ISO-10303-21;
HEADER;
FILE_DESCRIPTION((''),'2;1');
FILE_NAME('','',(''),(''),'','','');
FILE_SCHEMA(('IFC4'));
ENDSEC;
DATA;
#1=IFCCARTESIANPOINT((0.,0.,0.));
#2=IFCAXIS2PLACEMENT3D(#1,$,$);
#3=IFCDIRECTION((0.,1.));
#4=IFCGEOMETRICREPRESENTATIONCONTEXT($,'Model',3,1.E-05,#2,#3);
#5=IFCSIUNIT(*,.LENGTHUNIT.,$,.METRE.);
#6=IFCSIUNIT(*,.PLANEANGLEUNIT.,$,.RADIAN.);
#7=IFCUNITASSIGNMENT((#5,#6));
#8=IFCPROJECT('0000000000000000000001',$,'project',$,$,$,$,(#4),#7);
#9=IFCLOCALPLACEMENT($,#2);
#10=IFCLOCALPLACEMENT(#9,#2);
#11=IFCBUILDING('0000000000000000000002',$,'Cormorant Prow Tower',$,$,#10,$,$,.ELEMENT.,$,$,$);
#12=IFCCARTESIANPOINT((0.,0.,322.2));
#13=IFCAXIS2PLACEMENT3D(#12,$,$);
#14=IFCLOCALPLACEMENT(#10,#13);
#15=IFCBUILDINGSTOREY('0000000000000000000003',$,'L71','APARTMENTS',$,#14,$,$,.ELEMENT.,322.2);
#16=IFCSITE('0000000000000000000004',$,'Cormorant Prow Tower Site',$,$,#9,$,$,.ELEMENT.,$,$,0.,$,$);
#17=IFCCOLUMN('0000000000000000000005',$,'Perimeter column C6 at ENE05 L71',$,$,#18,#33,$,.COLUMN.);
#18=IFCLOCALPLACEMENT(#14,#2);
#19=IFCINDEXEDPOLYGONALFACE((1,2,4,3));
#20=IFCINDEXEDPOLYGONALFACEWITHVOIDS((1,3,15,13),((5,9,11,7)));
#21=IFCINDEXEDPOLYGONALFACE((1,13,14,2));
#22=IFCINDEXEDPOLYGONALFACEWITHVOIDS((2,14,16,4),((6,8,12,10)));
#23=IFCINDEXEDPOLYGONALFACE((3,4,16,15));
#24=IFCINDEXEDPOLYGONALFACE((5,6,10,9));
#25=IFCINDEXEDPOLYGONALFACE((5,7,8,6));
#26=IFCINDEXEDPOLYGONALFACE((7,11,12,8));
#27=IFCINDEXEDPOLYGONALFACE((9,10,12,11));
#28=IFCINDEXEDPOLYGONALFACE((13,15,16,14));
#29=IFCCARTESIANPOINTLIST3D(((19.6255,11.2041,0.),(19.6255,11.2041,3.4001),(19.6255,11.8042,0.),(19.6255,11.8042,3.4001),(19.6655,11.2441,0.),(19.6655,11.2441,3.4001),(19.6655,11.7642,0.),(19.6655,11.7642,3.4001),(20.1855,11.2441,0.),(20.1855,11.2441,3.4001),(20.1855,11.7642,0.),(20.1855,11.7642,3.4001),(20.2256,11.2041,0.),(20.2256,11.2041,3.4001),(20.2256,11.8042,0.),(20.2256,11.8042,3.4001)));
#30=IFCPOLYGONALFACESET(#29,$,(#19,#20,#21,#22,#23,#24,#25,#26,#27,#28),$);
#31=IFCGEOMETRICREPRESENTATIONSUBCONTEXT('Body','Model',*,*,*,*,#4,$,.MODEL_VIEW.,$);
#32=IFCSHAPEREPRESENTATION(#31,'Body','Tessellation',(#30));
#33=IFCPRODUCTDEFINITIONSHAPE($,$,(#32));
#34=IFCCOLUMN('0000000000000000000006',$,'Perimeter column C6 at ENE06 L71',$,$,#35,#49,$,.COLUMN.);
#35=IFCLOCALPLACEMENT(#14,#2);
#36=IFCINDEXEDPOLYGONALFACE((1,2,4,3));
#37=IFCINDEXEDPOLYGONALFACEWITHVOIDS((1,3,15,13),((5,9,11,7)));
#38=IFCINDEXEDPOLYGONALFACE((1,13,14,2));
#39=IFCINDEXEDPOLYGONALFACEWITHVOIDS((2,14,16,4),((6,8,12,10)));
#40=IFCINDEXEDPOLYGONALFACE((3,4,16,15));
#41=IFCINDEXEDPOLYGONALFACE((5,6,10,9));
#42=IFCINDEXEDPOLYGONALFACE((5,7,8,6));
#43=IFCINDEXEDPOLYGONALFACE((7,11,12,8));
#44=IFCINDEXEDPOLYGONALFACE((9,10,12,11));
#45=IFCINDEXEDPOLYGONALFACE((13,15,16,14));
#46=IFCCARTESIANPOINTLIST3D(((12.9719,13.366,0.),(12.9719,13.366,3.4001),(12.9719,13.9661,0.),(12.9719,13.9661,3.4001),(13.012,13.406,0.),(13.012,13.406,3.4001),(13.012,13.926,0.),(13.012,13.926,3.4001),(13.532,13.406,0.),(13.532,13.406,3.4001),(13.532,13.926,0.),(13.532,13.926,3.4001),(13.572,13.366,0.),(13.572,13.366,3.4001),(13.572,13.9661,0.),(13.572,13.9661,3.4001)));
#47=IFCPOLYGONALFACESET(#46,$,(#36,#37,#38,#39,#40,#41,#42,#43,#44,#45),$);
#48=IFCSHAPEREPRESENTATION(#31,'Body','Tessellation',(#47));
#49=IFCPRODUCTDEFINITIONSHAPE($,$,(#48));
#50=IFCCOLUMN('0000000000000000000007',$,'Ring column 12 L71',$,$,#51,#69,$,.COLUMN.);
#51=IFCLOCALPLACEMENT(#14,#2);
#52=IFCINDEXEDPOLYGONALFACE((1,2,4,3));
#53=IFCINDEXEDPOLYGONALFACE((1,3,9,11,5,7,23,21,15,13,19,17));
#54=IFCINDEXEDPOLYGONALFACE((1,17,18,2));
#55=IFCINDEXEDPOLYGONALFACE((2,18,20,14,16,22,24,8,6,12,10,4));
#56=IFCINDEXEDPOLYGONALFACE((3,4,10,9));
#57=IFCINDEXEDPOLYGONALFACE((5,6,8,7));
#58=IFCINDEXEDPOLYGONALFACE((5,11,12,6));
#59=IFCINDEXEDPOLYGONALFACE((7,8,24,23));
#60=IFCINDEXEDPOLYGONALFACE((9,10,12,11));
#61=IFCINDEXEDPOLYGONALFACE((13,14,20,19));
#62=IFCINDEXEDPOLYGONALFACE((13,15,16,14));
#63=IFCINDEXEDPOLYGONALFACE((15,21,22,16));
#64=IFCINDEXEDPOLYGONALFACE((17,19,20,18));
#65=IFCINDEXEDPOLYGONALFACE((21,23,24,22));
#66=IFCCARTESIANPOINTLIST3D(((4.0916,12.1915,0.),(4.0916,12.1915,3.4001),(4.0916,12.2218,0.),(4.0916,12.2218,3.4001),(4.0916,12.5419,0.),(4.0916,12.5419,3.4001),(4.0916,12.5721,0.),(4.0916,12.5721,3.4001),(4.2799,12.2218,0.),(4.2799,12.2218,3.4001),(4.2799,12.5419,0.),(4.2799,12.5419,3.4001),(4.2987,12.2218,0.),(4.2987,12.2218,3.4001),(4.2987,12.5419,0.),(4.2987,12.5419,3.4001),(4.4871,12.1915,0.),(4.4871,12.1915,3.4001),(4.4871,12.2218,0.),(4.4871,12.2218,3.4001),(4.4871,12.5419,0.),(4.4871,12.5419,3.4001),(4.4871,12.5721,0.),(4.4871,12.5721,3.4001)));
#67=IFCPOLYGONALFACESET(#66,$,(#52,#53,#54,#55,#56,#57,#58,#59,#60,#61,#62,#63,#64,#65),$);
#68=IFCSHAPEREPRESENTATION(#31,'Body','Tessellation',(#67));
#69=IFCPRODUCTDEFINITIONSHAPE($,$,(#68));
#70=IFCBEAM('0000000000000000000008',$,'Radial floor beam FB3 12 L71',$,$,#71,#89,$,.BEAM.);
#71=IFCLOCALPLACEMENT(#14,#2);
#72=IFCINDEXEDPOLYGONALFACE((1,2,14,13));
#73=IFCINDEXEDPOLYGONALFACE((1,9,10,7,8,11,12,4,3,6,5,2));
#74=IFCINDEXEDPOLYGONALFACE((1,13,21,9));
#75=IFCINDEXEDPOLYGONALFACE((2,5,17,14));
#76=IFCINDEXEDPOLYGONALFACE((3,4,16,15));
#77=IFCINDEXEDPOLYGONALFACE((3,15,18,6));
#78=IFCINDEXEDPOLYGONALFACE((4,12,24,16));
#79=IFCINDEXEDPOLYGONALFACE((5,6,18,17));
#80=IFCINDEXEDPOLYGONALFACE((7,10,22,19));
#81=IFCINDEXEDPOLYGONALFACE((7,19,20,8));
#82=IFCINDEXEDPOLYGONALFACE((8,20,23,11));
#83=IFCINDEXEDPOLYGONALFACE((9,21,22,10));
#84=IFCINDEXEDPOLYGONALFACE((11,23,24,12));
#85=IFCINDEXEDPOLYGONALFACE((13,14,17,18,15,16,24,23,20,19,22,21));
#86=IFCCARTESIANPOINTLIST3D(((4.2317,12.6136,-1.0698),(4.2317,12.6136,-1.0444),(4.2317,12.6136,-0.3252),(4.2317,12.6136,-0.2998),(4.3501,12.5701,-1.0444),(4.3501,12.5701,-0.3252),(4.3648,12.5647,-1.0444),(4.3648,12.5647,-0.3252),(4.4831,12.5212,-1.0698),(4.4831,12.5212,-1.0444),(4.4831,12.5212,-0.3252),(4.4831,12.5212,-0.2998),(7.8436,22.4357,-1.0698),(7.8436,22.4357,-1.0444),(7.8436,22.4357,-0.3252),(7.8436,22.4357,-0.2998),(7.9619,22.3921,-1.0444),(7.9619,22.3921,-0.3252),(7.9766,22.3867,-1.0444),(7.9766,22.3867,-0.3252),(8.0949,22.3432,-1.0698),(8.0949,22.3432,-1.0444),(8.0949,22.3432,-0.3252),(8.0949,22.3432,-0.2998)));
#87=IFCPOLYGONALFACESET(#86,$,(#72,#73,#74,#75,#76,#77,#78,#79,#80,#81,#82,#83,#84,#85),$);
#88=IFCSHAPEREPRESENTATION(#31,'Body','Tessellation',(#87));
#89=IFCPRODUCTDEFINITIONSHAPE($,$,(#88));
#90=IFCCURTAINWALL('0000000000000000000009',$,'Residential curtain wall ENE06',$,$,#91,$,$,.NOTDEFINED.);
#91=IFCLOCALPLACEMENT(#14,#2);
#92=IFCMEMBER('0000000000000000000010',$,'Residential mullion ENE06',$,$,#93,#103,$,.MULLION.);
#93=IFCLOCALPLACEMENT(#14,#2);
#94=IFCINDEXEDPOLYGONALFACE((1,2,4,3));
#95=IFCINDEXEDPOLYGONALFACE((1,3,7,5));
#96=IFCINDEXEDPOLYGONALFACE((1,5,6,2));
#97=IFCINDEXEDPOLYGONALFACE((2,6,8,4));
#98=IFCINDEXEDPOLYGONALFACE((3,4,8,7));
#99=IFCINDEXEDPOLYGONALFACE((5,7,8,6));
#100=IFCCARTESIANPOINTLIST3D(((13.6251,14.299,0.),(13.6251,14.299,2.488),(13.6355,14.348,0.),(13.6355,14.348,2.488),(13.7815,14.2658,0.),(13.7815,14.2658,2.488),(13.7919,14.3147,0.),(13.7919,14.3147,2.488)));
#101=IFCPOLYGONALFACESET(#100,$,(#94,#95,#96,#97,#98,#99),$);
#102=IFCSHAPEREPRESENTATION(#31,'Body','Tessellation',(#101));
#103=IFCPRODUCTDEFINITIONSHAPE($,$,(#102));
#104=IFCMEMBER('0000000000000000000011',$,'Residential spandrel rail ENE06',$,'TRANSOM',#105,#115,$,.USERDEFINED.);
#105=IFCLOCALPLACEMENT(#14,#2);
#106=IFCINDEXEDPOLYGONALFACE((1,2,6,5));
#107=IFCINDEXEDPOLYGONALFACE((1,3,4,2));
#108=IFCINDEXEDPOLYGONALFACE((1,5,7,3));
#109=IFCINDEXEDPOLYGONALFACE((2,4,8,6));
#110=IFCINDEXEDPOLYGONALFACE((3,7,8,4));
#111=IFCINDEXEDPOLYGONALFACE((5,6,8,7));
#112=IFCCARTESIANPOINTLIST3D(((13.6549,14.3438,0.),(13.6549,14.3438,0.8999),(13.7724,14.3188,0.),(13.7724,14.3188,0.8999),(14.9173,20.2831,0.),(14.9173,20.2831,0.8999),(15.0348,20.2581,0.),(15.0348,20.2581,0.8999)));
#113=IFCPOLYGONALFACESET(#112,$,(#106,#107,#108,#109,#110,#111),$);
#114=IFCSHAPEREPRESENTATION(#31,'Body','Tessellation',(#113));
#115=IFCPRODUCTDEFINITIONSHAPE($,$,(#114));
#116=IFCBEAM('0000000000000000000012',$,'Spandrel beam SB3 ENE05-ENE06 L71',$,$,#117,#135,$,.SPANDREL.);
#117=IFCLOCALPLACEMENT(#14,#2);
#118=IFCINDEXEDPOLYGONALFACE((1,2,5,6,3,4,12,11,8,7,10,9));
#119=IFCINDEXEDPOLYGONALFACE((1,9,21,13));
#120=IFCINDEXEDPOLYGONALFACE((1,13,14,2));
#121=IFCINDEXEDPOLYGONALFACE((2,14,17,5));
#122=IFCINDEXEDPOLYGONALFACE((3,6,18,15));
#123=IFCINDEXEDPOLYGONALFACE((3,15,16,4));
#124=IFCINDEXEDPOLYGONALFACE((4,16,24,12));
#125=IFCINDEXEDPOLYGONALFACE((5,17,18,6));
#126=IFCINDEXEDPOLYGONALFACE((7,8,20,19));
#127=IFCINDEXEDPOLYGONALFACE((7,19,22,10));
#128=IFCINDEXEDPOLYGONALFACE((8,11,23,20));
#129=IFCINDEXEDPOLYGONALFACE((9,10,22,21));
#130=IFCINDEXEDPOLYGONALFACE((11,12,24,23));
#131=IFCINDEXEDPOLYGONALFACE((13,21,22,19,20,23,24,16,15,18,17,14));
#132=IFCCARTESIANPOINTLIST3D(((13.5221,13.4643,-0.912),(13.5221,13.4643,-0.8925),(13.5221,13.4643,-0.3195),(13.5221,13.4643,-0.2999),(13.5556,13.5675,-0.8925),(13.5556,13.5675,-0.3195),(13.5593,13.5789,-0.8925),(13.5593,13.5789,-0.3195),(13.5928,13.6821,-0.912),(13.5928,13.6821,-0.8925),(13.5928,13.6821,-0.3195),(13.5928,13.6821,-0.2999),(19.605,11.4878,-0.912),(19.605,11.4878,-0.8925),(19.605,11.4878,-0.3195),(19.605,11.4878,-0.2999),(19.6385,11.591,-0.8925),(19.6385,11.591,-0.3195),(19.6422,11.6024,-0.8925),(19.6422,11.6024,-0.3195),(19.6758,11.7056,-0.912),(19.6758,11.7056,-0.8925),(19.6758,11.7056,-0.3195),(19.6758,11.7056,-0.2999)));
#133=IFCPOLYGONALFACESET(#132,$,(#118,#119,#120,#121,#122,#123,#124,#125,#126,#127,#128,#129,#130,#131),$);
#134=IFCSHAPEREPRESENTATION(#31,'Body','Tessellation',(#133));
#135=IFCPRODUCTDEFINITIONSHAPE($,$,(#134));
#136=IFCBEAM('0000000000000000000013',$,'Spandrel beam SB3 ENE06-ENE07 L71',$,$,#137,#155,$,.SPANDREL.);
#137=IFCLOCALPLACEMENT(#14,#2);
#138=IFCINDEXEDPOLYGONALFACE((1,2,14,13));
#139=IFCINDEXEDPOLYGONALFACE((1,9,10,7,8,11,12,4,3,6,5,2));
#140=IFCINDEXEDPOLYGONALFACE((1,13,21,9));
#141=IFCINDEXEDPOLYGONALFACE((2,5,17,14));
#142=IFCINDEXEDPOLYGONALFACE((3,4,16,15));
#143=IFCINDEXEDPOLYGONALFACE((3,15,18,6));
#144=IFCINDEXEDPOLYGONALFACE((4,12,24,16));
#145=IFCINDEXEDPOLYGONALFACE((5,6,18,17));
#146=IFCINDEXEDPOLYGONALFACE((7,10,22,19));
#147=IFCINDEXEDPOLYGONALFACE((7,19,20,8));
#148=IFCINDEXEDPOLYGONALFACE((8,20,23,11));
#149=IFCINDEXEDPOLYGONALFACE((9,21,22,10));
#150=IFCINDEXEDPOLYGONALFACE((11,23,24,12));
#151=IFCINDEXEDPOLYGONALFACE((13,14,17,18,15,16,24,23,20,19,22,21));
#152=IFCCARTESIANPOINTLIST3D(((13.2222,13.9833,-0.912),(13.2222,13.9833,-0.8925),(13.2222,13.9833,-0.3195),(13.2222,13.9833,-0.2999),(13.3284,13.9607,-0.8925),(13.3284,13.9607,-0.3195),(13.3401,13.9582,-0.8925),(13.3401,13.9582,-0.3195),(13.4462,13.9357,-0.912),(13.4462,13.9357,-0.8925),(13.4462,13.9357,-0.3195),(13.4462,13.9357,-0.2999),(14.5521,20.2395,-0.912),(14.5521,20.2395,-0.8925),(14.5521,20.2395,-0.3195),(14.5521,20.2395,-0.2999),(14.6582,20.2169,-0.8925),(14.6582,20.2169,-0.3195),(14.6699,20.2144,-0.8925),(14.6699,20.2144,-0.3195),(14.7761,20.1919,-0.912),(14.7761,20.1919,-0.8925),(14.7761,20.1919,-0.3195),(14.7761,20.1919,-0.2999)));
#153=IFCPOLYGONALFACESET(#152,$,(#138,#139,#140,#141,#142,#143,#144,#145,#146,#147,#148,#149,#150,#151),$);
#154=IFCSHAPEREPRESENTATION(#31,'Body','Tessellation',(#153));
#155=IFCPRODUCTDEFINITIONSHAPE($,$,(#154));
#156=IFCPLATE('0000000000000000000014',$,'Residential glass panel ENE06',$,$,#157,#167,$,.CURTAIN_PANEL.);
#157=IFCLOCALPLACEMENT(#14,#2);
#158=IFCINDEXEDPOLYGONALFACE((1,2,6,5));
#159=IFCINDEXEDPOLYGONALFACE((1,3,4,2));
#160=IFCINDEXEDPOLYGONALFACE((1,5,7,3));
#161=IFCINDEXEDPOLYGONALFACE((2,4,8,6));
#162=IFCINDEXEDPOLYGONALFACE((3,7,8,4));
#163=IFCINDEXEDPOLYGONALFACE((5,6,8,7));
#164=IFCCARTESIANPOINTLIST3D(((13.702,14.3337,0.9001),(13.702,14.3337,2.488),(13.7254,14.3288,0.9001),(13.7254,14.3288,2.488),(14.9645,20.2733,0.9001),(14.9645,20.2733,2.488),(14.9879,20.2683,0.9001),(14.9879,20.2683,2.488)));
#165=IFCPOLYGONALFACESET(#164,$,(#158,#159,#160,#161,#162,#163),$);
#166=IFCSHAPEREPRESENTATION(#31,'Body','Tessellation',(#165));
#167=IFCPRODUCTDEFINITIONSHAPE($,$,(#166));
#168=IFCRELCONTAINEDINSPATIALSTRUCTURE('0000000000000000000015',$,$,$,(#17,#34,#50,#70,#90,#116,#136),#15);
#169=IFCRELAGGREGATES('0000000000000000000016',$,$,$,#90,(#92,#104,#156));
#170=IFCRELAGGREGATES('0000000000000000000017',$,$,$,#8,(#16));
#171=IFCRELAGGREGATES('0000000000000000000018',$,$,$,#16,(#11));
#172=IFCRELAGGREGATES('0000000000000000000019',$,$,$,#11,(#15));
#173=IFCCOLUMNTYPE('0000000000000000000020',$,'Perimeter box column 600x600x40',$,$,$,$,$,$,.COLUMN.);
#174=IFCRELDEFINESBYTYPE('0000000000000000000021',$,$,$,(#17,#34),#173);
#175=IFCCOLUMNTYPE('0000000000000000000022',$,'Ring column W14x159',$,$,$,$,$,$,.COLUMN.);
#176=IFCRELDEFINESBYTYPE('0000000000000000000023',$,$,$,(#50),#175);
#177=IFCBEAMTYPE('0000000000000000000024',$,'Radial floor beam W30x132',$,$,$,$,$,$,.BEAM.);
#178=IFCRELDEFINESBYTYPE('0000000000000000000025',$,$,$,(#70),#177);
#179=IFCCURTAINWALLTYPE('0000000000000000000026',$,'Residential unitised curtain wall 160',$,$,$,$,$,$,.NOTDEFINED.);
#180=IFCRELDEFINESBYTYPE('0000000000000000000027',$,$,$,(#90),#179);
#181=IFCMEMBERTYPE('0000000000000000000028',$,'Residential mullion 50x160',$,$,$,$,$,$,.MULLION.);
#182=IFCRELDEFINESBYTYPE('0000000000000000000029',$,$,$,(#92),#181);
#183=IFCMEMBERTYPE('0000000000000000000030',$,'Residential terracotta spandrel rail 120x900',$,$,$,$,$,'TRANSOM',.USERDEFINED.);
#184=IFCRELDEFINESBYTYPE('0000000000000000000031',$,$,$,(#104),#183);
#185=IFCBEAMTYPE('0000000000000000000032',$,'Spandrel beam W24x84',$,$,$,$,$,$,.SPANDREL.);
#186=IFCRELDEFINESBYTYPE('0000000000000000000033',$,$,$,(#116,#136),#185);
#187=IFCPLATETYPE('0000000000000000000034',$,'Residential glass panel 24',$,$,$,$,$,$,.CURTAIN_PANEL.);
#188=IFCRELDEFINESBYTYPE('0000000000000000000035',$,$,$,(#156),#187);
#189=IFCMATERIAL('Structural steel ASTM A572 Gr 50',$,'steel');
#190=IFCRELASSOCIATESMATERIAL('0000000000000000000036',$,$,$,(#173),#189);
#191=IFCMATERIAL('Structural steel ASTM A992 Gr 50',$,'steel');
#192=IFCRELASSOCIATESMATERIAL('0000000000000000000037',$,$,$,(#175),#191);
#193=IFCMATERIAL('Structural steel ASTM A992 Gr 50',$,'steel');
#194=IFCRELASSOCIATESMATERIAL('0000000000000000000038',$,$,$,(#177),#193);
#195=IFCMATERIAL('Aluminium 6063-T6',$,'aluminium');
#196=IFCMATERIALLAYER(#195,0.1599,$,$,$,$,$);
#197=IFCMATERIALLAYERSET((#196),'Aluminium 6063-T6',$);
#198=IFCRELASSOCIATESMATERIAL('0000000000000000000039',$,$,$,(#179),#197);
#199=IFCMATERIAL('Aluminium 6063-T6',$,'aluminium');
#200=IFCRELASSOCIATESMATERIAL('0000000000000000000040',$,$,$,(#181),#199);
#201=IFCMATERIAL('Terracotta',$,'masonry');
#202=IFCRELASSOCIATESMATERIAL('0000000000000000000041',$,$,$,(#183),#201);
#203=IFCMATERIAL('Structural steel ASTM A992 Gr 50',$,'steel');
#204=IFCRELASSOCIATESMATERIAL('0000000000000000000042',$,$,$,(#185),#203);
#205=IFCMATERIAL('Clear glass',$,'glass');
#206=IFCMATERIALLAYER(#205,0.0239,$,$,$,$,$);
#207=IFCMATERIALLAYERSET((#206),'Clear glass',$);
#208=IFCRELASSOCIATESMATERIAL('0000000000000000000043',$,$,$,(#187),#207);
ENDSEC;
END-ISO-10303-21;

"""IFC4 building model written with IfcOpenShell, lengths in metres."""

from ifc_helpers import new_model, si_unit, direction, frame, origin, origin_2d, place, context, subcontext, project, spatial, rectangle, hollow_rectangle, i_section, extrude, material, layer, layer_set, material_profile, profile_set, type_object, element, aggregate, save


model = new_model("IFC4")

# Units and contexts
model_context = context("Model", 3, precision=1e-05, world=origin(), true_north=direction((0.0, 1.0)))
body_context = subcontext(model_context, "Body", "Model", "MODEL_VIEW")
ifc_project = project(units=[si_unit("LENGTHUNIT", "METRE"), si_unit("PLANEANGLEUNIT", "RADIAN")], contexts=[model_context])

# Site, building, storey
site_placement = place(None, origin())
site = spatial("IfcSite", under=ifc_project, at=site_placement, Name="Cormorant Prow Tower Site", CompositionType="ELEMENT", RefElevation=0.0)
building_placement = place(site_placement, origin())
building = spatial("IfcBuilding", under=site, at=building_placement, Name="Cormorant Prow Tower", CompositionType="ELEMENT")
storey_placement = place(building_placement, frame((0.0, 0.0, 322.2)))
storey = spatial("IfcBuildingStorey", under=building, at=storey_placement, Name="L71", Description="APARTMENTS", CompositionType="ELEMENT", Elevation=322.2)

# Columns
ifc_material_1 = material(Name="Structural steel ASTM A572 Gr 50", Category="steel")
ifc_material_profile_1 = material_profile(ifc_material_1, hollow_rectangle(XDim=0.6001, YDim=0.6001, WallThickness=0.04, at=origin_2d()), Name="Box 600x600x40")
ifc_profile_set_1 = profile_set([ifc_material_profile_1], Name="Structural steel ASTM A572 Gr 50")
column_type_1 = type_object("IfcColumnType", Name="Perimeter box column 600x600x40", PredefinedType="COLUMN", material=ifc_profile_set_1)
for number, where, z_axis, x_axis, name in (
    (1, (19.9255, 11.5042, 0.0), (0.0, 0.0, 1.0), (1.0, 0.0, 0.0), "Perimeter column C6 at ENE05 L71"),
    (2, (13.272, 13.666, 0.0), (0.0, 0.0, 1.0), (1.0, 0.0, 0.0), "Perimeter column C6 at ENE06 L71"),
):
    element("IfcColumn", number, at=place(storey_placement, frame(where, z_axis=z_axis, x_axis=x_axis)), inside=storey, type_object=column_type_1, Name=name, PredefinedType="COLUMN", context=body_context, shape_type="SweptSolid", body=[
        extrude(hollow_rectangle(XDim=0.6001, YDim=0.6001, WallThickness=0.04, at=origin_2d()), origin(), (0.0, 0.0, 1.0), 3.4001),
    ])
ifc_material_2 = material(Name="Structural steel ASTM A992 Gr 50", Category="steel")
ifc_material_profile_2 = material_profile(ifc_material_2, i_section(OverallWidth=0.3955, OverallDepth=0.3806, WebThickness=0.0188, FlangeThickness=0.0303, at=origin_2d()), Name="W14x159")
ifc_profile_set_2 = profile_set([ifc_material_profile_2], Name="Structural steel ASTM A992 Gr 50")
column_type_2 = type_object("IfcColumnType", Name="Ring column W14x159", PredefinedType="COLUMN", material=ifc_profile_set_2)
column_placement = place(storey_placement, frame((4.2893, 12.3818, 0.0), z_axis=(0.0, 0.0, 1.0), x_axis=(1.0, 0.0, 0.0)))
element("IfcColumn", 3, at=column_placement, inside=storey, type_object=column_type_2, Name="Ring column 12 L71", PredefinedType="COLUMN", context=body_context, shape_type="SweptSolid", body=[
    extrude(i_section(OverallWidth=0.3955, OverallDepth=0.3806, WebThickness=0.0188, FlangeThickness=0.0303, at=origin_2d()), origin(), (0.0, 0.0, 1.0), 3.4001),
])

# Beam
ifc_material_3 = material(Name="Structural steel ASTM A992 Gr 50", Category="steel")
ifc_material_profile_3 = material_profile(ifc_material_3, i_section(OverallWidth=0.2678, OverallDepth=0.77, WebThickness=0.0156, FlangeThickness=0.0254, at=origin_2d()), Name="W30x132")
ifc_profile_set_3 = profile_set([ifc_material_profile_3], Name="Structural steel ASTM A992 Gr 50")
beam_type_1 = type_object("IfcBeamType", Name="Radial floor beam W30x132", PredefinedType="BEAM", material=ifc_profile_set_3)
beam_placement = place(storey_placement, frame((4.3574, 12.5674, -0.6848), z_axis=(0.345131, 0.938554, 0.0), x_axis=(-0.938554, 0.345131, 0.0)))
element("IfcBeam", 4, at=beam_placement, inside=storey, type_object=beam_type_1, Name="Radial floor beam FB3 12 L71", PredefinedType="BEAM", context=body_context, shape_type="SweptSolid", body=[
    extrude(i_section(OverallWidth=0.2678, OverallDepth=0.77, WebThickness=0.0156, FlangeThickness=0.0254, at=origin_2d()), origin(), (0.0, 0.0, 1.0), 10.4651),
])

# Curtain wall, members
ifc_material_4 = material(Name="Aluminium 6063-T6", Category="aluminium")
ifc_layer_1 = layer(ifc_material_4, 0.1599)
ifc_layer_set_1 = layer_set([ifc_layer_1], Name="Aluminium 6063-T6")
curtain_wall_type = type_object("IfcCurtainWallType", Name="Residential unitised curtain wall 160", PredefinedType="NOTDEFINED", material=ifc_layer_set_1)
curtain_wall_placement = place(storey_placement, origin())
curtain_wall = element("IfcCurtainWall", 5, at=curtain_wall_placement, inside=storey, type_object=curtain_wall_type, Name="Residential curtain wall ENE06", PredefinedType="NOTDEFINED")
ifc_material_5 = material(Name="Aluminium 6063-T6", Category="aluminium")
ifc_material_profile_4 = material_profile(ifc_material_5, rectangle(XDim=0.1599, YDim=0.05, at=origin_2d()), Name="Residential mullion 50x160")
ifc_profile_set_4 = profile_set([ifc_material_profile_4], Name="Aluminium 6063-T6")
member_type_1 = type_object("IfcMemberType", Name="Residential mullion 50x160", PredefinedType="MULLION", material=ifc_profile_set_4)
member_1_placement = place(storey_placement, frame((13.7085, 14.3069, 0.0), z_axis=(0.0, 0.0, 1.0), x_axis=(-0.978148, 0.207912, 0.0)))
member_1 = element("IfcMember", 6, at=member_1_placement, type_object=member_type_1, Name="Residential mullion ENE06", PredefinedType="MULLION", context=body_context, shape_type="SweptSolid", body=[
    extrude(rectangle(XDim=0.1599, YDim=0.05, at=origin_2d()), origin(), (0.0, 0.0, 1.0), 2.488),
])
ifc_material_6 = material(Name="Terracotta", Category="masonry")
ifc_material_profile_5 = material_profile(ifc_material_6, rectangle(XDim=0.1201, YDim=0.8999, at=origin_2d()), Name="Residential terracotta spandrel rail 120x900")
ifc_profile_set_5 = profile_set([ifc_material_profile_5], Name="Terracotta")
member_type_2 = type_object("IfcMemberType", Name="Residential terracotta spandrel rail 120x900", ElementType="TRANSOM", PredefinedType="USERDEFINED", material=ifc_profile_set_5)
member_2_placement = place(storey_placement, frame((13.7136, 14.3313, 0.45), z_axis=(0.207909, 0.978148, 0.0), x_axis=(-0.978148, 0.207909, 0.0)))
member_2 = element("IfcMember", 7, at=member_2_placement, type_object=member_type_2, Name="Residential spandrel rail ENE06", ObjectType="TRANSOM", PredefinedType="USERDEFINED", context=body_context, shape_type="SweptSolid", body=[
    extrude(rectangle(XDim=0.1201, YDim=0.8999, at=origin_2d()), origin(), (0.0, 0.0, 1.0), 6.072),
])

# Beams
ifc_material_7 = material(Name="Structural steel ASTM A992 Gr 50", Category="steel")
ifc_material_profile_6 = material_profile(ifc_material_7, i_section(OverallWidth=0.229, OverallDepth=0.6121, WebThickness=0.012, FlangeThickness=0.0195, at=origin_2d()), Name="W24x84")
ifc_profile_set_6 = profile_set([ifc_material_profile_6], Name="Structural steel ASTM A992 Gr 50")
beam_type_2 = type_object("IfcBeamType", Name="Spandrel beam W24x84", PredefinedType="SPANDREL", material=ifc_profile_set_6)
for number, where, z_axis, x_axis, name in (
    (8, (19.6404, 11.5967, -0.606), (-0.951053, 0.309027, 0.0), (-0.309027, -0.951053, 0.0), "Spandrel beam SB3 ENE05-ENE06 L71"),
    (9, (13.3342, 13.9595, -0.606), (0.20792, 0.978146, 0.0), (-0.978146, 0.20792, 0.0), "Spandrel beam SB3 ENE06-ENE07 L71"),
):
    element("IfcBeam", number, at=place(storey_placement, frame(where, z_axis=z_axis, x_axis=x_axis)), inside=storey, type_object=beam_type_2, Name=name, PredefinedType="SPANDREL", context=body_context, shape_type="SweptSolid", body=[
        extrude(i_section(OverallWidth=0.229, OverallDepth=0.6121, WebThickness=0.012, FlangeThickness=0.0195, at=origin_2d()), origin(), (0.0, 0.0, 1.0), 6.396),
    ])

# Plate
ifc_material_8 = material(Name="Clear glass", Category="glass")
ifc_layer_2 = layer(ifc_material_8, 0.0239)
ifc_layer_set_2 = layer_set([ifc_layer_2], Name="Clear glass")
plate_type = type_object("IfcPlateType", Name="Residential glass panel 24", PredefinedType="CURTAIN_PANEL", material=ifc_layer_set_2)
plate_placement = place(storey_placement, frame((14.345, 17.301, 0.9001), z_axis=(0.0, 0.0, 1.0), x_axis=(0.207912, 0.978148, 0.0)))
plate = element("IfcPlate", 10, at=plate_placement, type_object=plate_type, Name="Residential glass panel ENE06", PredefinedType="CURTAIN_PANEL", context=body_context, shape_type="SweptSolid", body=[
    extrude(rectangle(XDim=6.0723, YDim=0.0239, at=origin_2d()), origin(), (0.0, 0.0, 1.0), 1.5879),
])
aggregate(curtain_wall, [member_1, member_2, plate])

save(model, "model.ifc")
